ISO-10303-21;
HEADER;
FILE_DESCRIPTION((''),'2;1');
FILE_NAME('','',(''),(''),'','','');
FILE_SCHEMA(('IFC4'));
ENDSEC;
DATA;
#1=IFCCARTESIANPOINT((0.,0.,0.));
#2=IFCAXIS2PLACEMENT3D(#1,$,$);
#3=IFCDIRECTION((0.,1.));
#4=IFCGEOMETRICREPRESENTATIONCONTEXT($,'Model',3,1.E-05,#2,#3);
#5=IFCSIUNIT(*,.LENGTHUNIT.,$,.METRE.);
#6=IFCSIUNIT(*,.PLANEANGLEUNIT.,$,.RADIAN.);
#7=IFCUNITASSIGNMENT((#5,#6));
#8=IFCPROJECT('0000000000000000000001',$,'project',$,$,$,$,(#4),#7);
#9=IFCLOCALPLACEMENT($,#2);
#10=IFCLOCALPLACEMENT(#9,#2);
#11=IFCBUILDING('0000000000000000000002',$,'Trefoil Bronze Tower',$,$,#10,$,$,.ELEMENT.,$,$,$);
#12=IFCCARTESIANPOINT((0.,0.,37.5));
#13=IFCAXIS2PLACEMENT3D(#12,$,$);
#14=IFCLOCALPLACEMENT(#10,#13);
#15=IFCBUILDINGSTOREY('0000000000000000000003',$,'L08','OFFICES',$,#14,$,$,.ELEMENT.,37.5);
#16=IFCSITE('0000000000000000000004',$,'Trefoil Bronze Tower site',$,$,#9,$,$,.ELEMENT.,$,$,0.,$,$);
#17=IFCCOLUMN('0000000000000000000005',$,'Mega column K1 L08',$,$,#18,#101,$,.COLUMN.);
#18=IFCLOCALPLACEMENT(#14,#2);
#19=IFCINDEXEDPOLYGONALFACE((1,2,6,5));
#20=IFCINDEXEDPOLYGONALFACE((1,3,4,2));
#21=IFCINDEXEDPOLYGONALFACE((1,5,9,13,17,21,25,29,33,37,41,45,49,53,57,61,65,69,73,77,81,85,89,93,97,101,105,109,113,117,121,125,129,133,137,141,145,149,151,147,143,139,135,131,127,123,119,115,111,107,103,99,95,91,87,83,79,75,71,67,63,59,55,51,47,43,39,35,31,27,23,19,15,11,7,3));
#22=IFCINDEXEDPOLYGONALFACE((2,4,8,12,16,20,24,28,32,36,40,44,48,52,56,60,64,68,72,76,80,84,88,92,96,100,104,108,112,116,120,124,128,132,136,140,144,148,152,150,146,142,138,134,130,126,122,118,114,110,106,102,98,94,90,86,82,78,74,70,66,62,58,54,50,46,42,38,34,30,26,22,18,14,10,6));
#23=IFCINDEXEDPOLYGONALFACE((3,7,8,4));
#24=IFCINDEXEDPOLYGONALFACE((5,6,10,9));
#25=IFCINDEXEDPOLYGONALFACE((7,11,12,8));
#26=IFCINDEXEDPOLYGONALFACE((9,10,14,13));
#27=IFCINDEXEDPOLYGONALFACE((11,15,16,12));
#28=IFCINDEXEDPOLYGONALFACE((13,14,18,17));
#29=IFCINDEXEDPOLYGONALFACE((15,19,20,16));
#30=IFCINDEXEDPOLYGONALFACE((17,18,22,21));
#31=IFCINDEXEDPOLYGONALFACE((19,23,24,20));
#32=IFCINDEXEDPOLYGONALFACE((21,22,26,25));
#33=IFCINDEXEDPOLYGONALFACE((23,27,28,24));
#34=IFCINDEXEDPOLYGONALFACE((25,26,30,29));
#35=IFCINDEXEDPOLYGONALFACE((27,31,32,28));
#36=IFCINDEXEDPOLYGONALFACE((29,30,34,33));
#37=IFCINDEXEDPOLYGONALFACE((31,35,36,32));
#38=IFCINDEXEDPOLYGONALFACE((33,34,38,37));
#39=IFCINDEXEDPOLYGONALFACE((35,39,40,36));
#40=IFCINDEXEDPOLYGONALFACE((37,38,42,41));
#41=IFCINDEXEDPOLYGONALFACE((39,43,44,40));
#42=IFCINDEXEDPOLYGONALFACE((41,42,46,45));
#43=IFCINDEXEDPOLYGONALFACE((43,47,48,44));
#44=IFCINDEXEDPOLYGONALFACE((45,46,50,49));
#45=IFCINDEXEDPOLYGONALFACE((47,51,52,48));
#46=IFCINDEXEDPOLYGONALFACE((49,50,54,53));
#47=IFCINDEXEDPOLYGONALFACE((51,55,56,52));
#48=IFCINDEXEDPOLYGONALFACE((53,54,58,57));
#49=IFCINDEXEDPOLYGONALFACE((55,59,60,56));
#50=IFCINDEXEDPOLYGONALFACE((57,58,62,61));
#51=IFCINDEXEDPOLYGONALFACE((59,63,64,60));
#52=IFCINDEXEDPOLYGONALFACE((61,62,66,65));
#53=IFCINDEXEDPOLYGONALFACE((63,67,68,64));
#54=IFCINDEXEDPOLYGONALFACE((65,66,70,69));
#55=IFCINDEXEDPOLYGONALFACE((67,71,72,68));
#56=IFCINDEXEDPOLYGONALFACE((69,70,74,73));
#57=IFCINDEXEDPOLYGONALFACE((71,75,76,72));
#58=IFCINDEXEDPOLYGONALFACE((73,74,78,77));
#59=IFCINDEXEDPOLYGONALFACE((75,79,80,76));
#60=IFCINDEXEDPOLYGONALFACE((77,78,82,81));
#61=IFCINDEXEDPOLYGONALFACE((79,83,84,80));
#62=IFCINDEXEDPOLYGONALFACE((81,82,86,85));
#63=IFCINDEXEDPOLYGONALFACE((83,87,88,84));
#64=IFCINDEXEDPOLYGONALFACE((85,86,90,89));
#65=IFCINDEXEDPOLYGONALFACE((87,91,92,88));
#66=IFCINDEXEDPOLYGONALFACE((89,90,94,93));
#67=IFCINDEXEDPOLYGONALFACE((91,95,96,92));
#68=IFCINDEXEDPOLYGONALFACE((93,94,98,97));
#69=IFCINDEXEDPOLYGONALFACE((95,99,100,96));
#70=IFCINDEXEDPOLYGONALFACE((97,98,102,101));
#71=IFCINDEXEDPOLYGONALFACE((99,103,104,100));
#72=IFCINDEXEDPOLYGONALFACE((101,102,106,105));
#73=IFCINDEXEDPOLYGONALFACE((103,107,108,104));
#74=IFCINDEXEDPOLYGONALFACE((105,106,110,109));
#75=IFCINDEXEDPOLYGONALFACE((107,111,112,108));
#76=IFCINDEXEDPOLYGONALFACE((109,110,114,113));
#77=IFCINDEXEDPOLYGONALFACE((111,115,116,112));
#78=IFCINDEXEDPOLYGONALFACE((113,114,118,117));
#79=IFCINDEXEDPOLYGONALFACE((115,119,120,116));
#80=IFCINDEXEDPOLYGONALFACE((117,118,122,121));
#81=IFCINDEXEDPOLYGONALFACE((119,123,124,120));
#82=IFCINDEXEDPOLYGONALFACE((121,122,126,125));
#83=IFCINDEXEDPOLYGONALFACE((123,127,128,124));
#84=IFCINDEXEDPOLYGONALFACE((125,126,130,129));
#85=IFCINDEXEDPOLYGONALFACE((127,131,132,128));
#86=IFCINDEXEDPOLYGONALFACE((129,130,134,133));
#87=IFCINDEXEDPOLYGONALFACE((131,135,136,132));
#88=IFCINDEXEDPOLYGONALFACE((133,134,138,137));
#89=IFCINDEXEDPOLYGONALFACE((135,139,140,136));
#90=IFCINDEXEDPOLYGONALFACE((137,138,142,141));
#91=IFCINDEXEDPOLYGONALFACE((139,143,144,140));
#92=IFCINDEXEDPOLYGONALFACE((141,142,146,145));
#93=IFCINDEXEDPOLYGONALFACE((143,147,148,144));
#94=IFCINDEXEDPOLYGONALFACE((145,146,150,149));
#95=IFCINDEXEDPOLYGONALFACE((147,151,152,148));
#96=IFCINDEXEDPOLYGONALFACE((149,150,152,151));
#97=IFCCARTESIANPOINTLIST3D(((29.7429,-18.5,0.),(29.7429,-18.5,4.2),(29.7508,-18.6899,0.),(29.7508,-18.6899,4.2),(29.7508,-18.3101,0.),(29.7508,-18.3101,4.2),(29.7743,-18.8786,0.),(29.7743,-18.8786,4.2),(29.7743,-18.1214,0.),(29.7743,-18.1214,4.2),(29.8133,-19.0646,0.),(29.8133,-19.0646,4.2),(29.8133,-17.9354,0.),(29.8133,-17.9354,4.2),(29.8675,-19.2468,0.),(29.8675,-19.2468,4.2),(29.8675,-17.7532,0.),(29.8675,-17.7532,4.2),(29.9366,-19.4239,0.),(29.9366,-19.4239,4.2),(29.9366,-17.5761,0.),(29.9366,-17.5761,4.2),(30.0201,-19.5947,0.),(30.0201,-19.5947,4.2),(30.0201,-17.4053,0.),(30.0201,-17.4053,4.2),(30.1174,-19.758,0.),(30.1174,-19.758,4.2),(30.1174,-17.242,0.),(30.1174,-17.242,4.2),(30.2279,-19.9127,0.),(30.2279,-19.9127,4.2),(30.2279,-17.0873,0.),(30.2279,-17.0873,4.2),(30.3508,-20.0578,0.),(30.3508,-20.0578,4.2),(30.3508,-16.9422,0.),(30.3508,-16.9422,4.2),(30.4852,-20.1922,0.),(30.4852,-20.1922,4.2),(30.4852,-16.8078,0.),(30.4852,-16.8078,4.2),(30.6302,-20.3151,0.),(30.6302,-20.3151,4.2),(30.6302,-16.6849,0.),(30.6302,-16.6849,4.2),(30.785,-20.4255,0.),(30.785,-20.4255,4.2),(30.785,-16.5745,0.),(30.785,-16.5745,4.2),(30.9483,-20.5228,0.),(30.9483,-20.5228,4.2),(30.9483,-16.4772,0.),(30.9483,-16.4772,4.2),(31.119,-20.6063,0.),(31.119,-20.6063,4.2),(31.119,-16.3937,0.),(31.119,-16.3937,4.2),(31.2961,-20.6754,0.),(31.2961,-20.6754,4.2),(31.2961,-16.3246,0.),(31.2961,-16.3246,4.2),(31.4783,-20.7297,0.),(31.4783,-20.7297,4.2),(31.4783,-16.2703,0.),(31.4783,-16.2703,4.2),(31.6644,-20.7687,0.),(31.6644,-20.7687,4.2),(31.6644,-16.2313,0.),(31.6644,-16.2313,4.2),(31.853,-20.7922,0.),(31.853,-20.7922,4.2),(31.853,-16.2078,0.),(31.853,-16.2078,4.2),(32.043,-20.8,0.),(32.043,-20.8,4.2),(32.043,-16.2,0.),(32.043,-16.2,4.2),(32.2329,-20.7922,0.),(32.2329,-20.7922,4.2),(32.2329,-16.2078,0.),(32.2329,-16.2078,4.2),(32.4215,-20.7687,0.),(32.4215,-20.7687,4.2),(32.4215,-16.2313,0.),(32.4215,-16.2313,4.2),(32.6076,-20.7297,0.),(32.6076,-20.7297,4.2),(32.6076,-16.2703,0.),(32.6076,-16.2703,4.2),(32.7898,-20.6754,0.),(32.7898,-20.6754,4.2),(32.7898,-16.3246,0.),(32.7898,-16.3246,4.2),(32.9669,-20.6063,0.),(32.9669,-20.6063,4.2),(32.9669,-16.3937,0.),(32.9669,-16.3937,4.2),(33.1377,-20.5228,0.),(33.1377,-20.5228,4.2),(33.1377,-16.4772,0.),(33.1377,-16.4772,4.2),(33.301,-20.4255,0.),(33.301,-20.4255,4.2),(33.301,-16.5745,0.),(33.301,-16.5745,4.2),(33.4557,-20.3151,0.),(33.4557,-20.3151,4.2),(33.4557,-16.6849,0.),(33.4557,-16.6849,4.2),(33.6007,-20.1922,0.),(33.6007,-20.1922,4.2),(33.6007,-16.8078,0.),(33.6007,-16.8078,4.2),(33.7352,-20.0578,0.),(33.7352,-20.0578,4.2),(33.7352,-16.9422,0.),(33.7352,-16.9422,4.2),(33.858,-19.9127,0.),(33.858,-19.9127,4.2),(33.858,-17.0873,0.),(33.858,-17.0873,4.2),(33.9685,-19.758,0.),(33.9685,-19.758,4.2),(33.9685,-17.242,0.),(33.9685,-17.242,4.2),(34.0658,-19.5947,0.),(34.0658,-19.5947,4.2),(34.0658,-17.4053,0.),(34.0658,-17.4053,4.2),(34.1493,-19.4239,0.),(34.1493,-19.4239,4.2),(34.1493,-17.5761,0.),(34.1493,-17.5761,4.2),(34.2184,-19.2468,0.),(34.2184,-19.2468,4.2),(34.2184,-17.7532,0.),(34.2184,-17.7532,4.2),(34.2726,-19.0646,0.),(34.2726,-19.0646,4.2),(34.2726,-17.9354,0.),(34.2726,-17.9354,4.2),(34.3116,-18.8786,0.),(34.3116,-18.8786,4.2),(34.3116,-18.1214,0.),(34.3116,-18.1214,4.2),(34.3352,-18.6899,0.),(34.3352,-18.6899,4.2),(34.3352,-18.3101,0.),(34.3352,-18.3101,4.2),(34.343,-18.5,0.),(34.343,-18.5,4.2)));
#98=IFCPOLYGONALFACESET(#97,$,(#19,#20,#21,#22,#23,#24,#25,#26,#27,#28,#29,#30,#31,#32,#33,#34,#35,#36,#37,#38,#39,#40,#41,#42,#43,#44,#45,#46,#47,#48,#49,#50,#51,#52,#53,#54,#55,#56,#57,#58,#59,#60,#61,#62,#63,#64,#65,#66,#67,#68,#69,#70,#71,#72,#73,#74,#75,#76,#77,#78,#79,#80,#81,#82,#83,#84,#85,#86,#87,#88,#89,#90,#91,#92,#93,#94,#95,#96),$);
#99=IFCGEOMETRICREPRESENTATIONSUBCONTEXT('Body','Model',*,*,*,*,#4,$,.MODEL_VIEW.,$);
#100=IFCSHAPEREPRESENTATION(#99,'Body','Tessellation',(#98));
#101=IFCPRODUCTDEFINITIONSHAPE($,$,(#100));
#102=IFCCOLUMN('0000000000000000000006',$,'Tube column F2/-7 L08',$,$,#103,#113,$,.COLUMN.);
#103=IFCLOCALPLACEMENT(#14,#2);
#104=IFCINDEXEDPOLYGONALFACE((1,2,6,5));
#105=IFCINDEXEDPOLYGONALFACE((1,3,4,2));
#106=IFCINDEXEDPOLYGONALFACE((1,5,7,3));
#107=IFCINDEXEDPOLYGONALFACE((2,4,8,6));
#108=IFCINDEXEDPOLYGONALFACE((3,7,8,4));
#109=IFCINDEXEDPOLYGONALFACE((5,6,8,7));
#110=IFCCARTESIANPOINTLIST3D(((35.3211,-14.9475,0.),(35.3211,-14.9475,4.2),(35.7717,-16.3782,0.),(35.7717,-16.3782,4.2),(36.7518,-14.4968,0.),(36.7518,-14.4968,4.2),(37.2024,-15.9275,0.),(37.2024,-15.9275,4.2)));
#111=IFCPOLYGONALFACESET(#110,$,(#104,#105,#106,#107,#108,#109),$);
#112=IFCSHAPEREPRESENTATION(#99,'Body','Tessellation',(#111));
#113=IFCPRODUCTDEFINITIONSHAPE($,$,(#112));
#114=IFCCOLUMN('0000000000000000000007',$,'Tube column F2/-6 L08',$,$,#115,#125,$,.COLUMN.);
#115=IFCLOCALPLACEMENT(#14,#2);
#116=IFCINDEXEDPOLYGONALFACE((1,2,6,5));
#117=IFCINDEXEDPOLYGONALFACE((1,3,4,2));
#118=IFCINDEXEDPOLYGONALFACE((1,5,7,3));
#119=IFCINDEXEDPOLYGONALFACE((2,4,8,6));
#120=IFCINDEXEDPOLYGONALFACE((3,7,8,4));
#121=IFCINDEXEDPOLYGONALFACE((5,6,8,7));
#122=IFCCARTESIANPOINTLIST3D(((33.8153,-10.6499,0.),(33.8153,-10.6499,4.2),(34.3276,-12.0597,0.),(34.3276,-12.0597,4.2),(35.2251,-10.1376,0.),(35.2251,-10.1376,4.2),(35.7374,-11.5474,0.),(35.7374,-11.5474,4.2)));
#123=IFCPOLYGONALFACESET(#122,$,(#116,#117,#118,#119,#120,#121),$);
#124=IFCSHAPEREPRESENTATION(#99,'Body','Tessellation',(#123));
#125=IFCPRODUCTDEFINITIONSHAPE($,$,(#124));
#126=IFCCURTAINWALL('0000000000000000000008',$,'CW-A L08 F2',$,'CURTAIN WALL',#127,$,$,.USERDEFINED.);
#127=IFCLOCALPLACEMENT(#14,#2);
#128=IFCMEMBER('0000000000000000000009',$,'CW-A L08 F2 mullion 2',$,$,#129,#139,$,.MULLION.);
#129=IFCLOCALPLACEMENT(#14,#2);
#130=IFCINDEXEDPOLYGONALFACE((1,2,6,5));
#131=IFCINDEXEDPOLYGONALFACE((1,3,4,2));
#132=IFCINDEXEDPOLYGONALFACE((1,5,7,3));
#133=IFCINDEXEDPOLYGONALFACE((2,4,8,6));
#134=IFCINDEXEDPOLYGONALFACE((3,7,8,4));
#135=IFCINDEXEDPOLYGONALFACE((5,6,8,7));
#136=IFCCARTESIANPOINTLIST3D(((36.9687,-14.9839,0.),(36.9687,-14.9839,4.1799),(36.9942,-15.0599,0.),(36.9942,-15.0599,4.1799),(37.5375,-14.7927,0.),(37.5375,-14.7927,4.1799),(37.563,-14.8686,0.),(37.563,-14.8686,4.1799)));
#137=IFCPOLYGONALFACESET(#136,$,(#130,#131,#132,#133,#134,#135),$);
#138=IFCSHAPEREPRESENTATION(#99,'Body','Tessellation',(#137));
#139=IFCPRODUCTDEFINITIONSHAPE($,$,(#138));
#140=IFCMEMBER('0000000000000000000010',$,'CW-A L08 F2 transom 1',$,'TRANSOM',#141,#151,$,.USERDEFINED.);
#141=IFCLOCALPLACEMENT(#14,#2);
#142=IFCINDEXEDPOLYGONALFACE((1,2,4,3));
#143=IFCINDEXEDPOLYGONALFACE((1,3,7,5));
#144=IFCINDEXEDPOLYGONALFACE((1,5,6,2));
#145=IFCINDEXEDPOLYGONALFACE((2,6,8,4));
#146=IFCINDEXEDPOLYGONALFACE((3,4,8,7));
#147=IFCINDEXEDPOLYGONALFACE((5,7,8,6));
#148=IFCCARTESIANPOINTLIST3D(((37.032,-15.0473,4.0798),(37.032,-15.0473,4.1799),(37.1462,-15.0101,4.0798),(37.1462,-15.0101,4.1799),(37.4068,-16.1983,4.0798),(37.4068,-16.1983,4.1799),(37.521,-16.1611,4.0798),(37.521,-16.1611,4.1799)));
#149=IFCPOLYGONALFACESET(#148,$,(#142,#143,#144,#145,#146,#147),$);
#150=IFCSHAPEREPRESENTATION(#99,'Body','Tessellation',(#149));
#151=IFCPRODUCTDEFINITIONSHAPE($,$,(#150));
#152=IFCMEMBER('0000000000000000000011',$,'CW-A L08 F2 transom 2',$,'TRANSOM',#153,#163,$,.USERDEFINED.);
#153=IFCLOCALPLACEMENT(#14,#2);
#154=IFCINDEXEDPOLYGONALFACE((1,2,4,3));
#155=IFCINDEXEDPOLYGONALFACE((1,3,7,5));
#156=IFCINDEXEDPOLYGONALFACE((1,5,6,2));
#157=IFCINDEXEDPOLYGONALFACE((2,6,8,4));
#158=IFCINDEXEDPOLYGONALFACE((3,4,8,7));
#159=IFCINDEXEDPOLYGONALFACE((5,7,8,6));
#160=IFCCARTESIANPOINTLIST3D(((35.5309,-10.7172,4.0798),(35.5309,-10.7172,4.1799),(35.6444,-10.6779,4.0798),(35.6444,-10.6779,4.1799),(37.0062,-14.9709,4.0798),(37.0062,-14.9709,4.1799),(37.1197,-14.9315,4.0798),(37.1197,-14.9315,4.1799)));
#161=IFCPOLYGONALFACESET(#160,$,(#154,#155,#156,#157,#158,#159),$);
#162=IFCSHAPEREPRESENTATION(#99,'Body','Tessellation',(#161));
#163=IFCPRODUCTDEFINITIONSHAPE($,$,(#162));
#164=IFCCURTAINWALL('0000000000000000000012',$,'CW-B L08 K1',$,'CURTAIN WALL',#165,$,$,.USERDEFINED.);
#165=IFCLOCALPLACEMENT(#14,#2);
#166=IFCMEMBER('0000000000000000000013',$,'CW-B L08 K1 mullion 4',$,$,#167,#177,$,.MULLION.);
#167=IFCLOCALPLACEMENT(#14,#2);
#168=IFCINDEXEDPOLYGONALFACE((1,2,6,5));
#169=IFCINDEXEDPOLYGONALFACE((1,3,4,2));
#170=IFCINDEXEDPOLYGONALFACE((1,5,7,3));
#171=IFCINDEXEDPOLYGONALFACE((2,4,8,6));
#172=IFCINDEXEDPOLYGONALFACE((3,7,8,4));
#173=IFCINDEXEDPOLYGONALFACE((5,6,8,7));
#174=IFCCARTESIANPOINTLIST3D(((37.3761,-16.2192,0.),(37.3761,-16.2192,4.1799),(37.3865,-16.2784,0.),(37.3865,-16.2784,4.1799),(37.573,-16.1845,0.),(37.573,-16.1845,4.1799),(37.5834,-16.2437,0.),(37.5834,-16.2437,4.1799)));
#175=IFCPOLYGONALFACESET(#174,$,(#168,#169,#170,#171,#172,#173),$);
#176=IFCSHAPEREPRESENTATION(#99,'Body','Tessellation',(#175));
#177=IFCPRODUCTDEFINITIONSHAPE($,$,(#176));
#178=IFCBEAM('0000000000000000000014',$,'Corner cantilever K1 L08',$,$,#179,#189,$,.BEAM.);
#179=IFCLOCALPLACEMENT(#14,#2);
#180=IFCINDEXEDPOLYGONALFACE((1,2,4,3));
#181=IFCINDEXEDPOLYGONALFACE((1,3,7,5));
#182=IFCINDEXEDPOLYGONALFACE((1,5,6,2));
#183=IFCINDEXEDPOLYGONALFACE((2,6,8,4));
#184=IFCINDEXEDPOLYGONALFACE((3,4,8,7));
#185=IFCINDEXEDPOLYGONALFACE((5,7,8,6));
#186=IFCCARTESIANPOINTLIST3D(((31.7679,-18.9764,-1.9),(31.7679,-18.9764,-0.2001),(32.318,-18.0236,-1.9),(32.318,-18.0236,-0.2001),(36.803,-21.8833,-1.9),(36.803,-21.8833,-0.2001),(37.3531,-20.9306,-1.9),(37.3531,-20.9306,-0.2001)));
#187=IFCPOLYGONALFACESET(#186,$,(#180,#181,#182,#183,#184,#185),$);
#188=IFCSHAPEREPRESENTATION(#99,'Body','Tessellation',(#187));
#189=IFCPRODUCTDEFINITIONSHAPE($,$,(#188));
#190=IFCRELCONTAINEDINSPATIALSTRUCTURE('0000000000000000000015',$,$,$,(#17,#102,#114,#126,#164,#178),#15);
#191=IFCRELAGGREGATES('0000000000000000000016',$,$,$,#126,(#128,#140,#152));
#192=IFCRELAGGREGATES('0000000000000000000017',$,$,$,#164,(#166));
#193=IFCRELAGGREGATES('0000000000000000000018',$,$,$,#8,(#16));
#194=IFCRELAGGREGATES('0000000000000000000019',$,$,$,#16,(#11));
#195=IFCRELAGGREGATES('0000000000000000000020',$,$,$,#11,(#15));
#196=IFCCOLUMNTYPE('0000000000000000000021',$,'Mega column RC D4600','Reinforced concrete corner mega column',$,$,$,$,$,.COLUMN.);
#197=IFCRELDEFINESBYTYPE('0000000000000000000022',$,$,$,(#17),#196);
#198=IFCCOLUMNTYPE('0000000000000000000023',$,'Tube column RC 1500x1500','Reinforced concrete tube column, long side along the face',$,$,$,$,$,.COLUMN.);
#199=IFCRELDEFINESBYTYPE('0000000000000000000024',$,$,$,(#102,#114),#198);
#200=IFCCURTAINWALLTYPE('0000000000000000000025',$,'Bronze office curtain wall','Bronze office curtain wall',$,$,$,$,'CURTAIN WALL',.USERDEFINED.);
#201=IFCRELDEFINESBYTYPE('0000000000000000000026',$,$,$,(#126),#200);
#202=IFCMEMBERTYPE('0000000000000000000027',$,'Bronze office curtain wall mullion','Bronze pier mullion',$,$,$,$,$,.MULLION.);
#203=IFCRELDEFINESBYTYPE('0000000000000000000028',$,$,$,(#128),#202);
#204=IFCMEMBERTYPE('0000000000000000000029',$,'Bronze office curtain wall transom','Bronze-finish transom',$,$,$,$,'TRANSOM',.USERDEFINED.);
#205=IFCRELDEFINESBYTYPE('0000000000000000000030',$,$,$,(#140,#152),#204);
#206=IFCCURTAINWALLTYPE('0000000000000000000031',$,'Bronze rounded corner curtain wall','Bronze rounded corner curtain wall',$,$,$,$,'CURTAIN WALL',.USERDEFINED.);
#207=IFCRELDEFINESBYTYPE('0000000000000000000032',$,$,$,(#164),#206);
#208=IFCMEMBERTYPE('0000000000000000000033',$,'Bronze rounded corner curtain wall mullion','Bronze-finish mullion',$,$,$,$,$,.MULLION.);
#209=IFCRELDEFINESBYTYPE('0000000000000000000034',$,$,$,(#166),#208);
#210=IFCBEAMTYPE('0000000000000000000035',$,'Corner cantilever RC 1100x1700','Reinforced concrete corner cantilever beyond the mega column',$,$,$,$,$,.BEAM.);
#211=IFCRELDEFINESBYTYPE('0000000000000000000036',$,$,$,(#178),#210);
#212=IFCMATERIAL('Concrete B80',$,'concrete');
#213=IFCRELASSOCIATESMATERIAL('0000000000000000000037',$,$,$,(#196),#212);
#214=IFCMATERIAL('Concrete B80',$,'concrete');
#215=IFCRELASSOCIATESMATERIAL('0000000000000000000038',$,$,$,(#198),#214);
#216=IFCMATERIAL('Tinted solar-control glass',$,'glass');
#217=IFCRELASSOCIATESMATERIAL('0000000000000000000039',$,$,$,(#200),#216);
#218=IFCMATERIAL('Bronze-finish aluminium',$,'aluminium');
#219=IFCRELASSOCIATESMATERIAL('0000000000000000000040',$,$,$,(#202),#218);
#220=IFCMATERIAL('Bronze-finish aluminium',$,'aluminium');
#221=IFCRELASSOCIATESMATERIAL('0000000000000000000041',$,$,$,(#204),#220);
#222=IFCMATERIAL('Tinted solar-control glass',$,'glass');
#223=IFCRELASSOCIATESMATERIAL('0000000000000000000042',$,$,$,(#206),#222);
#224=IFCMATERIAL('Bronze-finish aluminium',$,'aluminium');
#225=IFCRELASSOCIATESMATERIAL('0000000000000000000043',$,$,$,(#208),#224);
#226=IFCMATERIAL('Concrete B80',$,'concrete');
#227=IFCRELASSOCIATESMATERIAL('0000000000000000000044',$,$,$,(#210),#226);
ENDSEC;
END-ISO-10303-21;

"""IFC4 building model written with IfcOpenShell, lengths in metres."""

from ifc_helpers import new_model, si_unit, direction, frame, origin, origin_2d, place, context, subcontext, project, spatial, rectangle, circle, extrude, material, material_profile, profile_set, type_object, element, aggregate, save


model = new_model("IFC4")

# Units and contexts
model_context = context("Model", 3, precision=1e-05, world=origin(), true_north=direction((0.0, 1.0)))
body_context = subcontext(model_context, "Body", "Model", "MODEL_VIEW")
ifc_project = project(units=[si_unit("LENGTHUNIT", "METRE"), si_unit("PLANEANGLEUNIT", "RADIAN")], contexts=[model_context])

# Site, building, storey
site_placement = place(None, origin())
site = spatial("IfcSite", under=ifc_project, at=site_placement, Name="Trefoil Bronze Tower site", CompositionType="ELEMENT", RefElevation=0.0)
building_placement = place(site_placement, origin())
building = spatial("IfcBuilding", under=site, at=building_placement, Name="Trefoil Bronze Tower", CompositionType="ELEMENT")
storey_placement = place(building_placement, frame((0.0, 0.0, 37.5)))
storey = spatial("IfcBuildingStorey", under=building, at=storey_placement, Name="L08", Description="OFFICES", CompositionType="ELEMENT", Elevation=37.5)

# Columns
ifc_material_1 = material(Name="Concrete B80", Category="concrete")
ifc_material_profile_1 = material_profile(ifc_material_1, circle(Radius=2.3, at=origin_2d()), Name="RC D4600")
ifc_profile_set_1 = profile_set([ifc_material_profile_1], Name="Concrete B80")
column_type_1 = type_object("IfcColumnType", Name="Mega column RC D4600", Description="Reinforced concrete corner mega column", PredefinedType="COLUMN", material=ifc_profile_set_1)
column_placement = place(storey_placement, frame((32.043, -18.5, 0.0), z_axis=(0.0, 0.0, 1.0), x_axis=(1.0, 0.0, 0.0)))
element("IfcColumn", 1, at=column_placement, inside=storey, type_object=column_type_1, Name="Mega column K1 L08", PredefinedType="COLUMN", context=body_context, shape_type="SweptSolid", body=[
    extrude(circle(Radius=2.3, at=origin_2d()), origin(), (0.0, 0.0, 1.0), 4.2),
])
ifc_material_2 = material(Name="Concrete B80", Category="concrete")
ifc_material_profile_2 = material_profile(ifc_material_2, rectangle(XDim=1.5, YDim=1.5, at=origin_2d()), Name="RC 1500x1500")
ifc_profile_set_2 = profile_set([ifc_material_profile_2], Name="Concrete B80")
column_type_2 = type_object("IfcColumnType", Name="Tube column RC 1500x1500", Description="Reinforced concrete tube column, long side along the face", PredefinedType="COLUMN", material=ifc_profile_set_2)
for number, where, z_axis, x_axis, name in (
    (2, (36.2617, -15.4375, 0.0), (0.0, 0.0, 1.0), (-0.300414, 0.953809, 0.0), "Tube column F2/-7 L08"),
    (3, (34.7764, -11.0986, 0.0), (0.0, 0.0, 1.0), (-0.341559, 0.93986, 0.0), "Tube column F2/-6 L08"),
):
    element("IfcColumn", number, at=place(storey_placement, frame(where, z_axis=z_axis, x_axis=x_axis)), inside=storey, type_object=column_type_2, Name=name, PredefinedType="COLUMN", context=body_context, shape_type="SweptSolid", body=[
        extrude(rectangle(XDim=1.5, YDim=1.5, at=origin_2d()), origin(), (0.0, 0.0, 1.0), 4.2),
    ])

# Curtain wall, members
ifc_material_3 = material(Name="Tinted solar-control glass", Category="glass")
curtain_wall_type_1 = type_object("IfcCurtainWallType", Name="Bronze office curtain wall", Description="Bronze office curtain wall", ElementType="CURTAIN WALL", PredefinedType="USERDEFINED", material=ifc_material_3)
curtain_wall_1_placement = place(storey_placement, origin())
curtain_wall_1 = element("IfcCurtainWall", 4, at=curtain_wall_1_placement, inside=storey, type_object=curtain_wall_type_1, Name="CW-A L08 F2", ObjectType="CURTAIN WALL", PredefinedType="USERDEFINED")
ifc_material_4 = material(Name="Bronze-finish aluminium", Category="aluminium")
ifc_material_profile_3 = material_profile(ifc_material_4, rectangle(XDim=0.6001, YDim=0.0801, at=origin_2d()), Name="CW-A mullion")
ifc_profile_set_3 = profile_set([ifc_material_profile_3], Name="Bronze-finish aluminium")
member_type_1 = type_object("IfcMemberType", Name="Bronze office curtain wall mullion", Description="Bronze pier mullion", PredefinedType="MULLION", material=ifc_profile_set_3)
member_1_placement = place(storey_placement, frame((37.2659, -14.9263, 0.0), z_axis=(0.0, 0.0, 1.0), x_axis=(-0.947851, -0.318715, 0.0)))
member_1 = element("IfcMember", 5, at=member_1_placement, type_object=member_type_1, Name="CW-A L08 F2 mullion 2", PredefinedType="MULLION", context=body_context, shape_type="SweptSolid", body=[
    extrude(rectangle(XDim=0.6001, YDim=0.0801, at=origin_2d()), origin(), (0.0, 0.0, 1.0), 4.1799),
])
ifc_material_5 = material(Name="Bronze-finish aluminium", Category="aluminium")
ifc_material_profile_4 = material_profile(ifc_material_5, rectangle(XDim=0.1201, YDim=0.1001, at=origin_2d()), Name="CW-A transom")
ifc_profile_set_4 = profile_set([ifc_material_profile_4], Name="Bronze-finish aluminium")
member_type_2 = type_object("IfcMemberType", Name="Bronze office curtain wall transom", Description="Bronze-finish transom", ElementType="TRANSOM", PredefinedType="USERDEFINED", material=ifc_profile_set_4)
member_2_placement = place(storey_placement, frame((37.4639, -16.1797, 4.1299), z_axis=(-0.309624, 0.950859, 0.0), x_axis=(-0.950859, -0.309624, 0.0)))
member_2 = element("IfcMember", 6, at=member_2_placement, type_object=member_type_2, Name="CW-A L08 F2 transom 1", ObjectType="TRANSOM", PredefinedType="USERDEFINED", context=body_context, shape_type="SweptSolid", body=[
    extrude(rectangle(XDim=0.1201, YDim=0.1001, at=origin_2d()), origin(), (0.0, 0.0, 1.0), 1.2104),
])
member_3_placement = place(storey_placement, frame((37.063, -14.9512, 4.1299), z_axis=(-0.32769, 0.944785, 0.0), x_axis=(-0.944785, -0.32769, 0.0)))
member_3 = element("IfcMember", 7, at=member_3_placement, type_object=member_type_2, Name="CW-A L08 F2 transom 2", ObjectType="TRANSOM", PredefinedType="USERDEFINED", context=body_context, shape_type="SweptSolid", body=[
    extrude(rectangle(XDim=0.1201, YDim=0.1001, at=origin_2d()), origin(), (0.0, 0.0, 1.0), 4.5022),
])

# Curtain wall, member
ifc_material_6 = material(Name="Tinted solar-control glass", Category="glass")
curtain_wall_type_2 = type_object("IfcCurtainWallType", Name="Bronze rounded corner curtain wall", Description="Bronze rounded corner curtain wall", ElementType="CURTAIN WALL", PredefinedType="USERDEFINED", material=ifc_material_6)
curtain_wall_2_placement = place(storey_placement, origin())
curtain_wall_2 = element("IfcCurtainWall", 8, at=curtain_wall_2_placement, inside=storey, type_object=curtain_wall_type_2, Name="CW-B L08 K1", ObjectType="CURTAIN WALL", PredefinedType="USERDEFINED")
ifc_material_7 = material(Name="Bronze-finish aluminium", Category="aluminium")
ifc_material_profile_5 = material_profile(ifc_material_7, rectangle(XDim=0.2, YDim=0.0601, at=origin_2d()), Name="CW-B mullion")
ifc_profile_set_5 = profile_set([ifc_material_profile_5], Name="Bronze-finish aluminium")
member_type_3 = type_object("IfcMemberType", Name="Bronze rounded corner curtain wall mullion", Description="Bronze-finish mullion", PredefinedType="MULLION", material=ifc_profile_set_5)
member_4_placement = place(storey_placement, frame((37.4797, -16.2314, 0.0), z_axis=(0.0, 0.0, 1.0), x_axis=(-0.984808, -0.173648, 0.0)))
member_4 = element("IfcMember", 9, at=member_4_placement, type_object=member_type_3, Name="CW-B L08 K1 mullion 4", PredefinedType="MULLION", context=body_context, shape_type="SweptSolid", body=[
    extrude(rectangle(XDim=0.2, YDim=0.0601, at=origin_2d()), origin(), (0.0, 0.0, 1.0), 4.1799),
])

# Beam
ifc_material_8 = material(Name="Concrete B80", Category="concrete")
ifc_material_profile_6 = material_profile(ifc_material_8, rectangle(XDim=1.1001, YDim=1.7, at=origin_2d()), Name="RC 1100x1700")
ifc_profile_set_6 = profile_set([ifc_material_profile_6], Name="Concrete B80")
beam_type_1 = type_object("IfcBeamType", Name="Corner cantilever RC 1100x1700", Description="Reinforced concrete corner cantilever beyond the mega column", PredefinedType="BEAM", material=ifc_profile_set_6)
beam_1_placement = place(storey_placement, frame((32.043, -18.5, -1.05), z_axis=(0.86603, -0.499991, 0.0), x_axis=(0.499991, 0.86603, 0.0)))
element("IfcBeam", 10, at=beam_1_placement, inside=storey, type_object=beam_type_1, Name="Corner cantilever K1 L08", PredefinedType="BEAM", context=body_context, shape_type="SweptSolid", body=[
    extrude(rectangle(XDim=1.1001, YDim=1.7, at=origin_2d()), origin(), (0.0, 0.0, 1.0), 5.814),
])

aggregate(curtain_wall_1, [member_1, member_2, member_3])
aggregate(curtain_wall_2, [member_4])

save(model, "model.ifc")
